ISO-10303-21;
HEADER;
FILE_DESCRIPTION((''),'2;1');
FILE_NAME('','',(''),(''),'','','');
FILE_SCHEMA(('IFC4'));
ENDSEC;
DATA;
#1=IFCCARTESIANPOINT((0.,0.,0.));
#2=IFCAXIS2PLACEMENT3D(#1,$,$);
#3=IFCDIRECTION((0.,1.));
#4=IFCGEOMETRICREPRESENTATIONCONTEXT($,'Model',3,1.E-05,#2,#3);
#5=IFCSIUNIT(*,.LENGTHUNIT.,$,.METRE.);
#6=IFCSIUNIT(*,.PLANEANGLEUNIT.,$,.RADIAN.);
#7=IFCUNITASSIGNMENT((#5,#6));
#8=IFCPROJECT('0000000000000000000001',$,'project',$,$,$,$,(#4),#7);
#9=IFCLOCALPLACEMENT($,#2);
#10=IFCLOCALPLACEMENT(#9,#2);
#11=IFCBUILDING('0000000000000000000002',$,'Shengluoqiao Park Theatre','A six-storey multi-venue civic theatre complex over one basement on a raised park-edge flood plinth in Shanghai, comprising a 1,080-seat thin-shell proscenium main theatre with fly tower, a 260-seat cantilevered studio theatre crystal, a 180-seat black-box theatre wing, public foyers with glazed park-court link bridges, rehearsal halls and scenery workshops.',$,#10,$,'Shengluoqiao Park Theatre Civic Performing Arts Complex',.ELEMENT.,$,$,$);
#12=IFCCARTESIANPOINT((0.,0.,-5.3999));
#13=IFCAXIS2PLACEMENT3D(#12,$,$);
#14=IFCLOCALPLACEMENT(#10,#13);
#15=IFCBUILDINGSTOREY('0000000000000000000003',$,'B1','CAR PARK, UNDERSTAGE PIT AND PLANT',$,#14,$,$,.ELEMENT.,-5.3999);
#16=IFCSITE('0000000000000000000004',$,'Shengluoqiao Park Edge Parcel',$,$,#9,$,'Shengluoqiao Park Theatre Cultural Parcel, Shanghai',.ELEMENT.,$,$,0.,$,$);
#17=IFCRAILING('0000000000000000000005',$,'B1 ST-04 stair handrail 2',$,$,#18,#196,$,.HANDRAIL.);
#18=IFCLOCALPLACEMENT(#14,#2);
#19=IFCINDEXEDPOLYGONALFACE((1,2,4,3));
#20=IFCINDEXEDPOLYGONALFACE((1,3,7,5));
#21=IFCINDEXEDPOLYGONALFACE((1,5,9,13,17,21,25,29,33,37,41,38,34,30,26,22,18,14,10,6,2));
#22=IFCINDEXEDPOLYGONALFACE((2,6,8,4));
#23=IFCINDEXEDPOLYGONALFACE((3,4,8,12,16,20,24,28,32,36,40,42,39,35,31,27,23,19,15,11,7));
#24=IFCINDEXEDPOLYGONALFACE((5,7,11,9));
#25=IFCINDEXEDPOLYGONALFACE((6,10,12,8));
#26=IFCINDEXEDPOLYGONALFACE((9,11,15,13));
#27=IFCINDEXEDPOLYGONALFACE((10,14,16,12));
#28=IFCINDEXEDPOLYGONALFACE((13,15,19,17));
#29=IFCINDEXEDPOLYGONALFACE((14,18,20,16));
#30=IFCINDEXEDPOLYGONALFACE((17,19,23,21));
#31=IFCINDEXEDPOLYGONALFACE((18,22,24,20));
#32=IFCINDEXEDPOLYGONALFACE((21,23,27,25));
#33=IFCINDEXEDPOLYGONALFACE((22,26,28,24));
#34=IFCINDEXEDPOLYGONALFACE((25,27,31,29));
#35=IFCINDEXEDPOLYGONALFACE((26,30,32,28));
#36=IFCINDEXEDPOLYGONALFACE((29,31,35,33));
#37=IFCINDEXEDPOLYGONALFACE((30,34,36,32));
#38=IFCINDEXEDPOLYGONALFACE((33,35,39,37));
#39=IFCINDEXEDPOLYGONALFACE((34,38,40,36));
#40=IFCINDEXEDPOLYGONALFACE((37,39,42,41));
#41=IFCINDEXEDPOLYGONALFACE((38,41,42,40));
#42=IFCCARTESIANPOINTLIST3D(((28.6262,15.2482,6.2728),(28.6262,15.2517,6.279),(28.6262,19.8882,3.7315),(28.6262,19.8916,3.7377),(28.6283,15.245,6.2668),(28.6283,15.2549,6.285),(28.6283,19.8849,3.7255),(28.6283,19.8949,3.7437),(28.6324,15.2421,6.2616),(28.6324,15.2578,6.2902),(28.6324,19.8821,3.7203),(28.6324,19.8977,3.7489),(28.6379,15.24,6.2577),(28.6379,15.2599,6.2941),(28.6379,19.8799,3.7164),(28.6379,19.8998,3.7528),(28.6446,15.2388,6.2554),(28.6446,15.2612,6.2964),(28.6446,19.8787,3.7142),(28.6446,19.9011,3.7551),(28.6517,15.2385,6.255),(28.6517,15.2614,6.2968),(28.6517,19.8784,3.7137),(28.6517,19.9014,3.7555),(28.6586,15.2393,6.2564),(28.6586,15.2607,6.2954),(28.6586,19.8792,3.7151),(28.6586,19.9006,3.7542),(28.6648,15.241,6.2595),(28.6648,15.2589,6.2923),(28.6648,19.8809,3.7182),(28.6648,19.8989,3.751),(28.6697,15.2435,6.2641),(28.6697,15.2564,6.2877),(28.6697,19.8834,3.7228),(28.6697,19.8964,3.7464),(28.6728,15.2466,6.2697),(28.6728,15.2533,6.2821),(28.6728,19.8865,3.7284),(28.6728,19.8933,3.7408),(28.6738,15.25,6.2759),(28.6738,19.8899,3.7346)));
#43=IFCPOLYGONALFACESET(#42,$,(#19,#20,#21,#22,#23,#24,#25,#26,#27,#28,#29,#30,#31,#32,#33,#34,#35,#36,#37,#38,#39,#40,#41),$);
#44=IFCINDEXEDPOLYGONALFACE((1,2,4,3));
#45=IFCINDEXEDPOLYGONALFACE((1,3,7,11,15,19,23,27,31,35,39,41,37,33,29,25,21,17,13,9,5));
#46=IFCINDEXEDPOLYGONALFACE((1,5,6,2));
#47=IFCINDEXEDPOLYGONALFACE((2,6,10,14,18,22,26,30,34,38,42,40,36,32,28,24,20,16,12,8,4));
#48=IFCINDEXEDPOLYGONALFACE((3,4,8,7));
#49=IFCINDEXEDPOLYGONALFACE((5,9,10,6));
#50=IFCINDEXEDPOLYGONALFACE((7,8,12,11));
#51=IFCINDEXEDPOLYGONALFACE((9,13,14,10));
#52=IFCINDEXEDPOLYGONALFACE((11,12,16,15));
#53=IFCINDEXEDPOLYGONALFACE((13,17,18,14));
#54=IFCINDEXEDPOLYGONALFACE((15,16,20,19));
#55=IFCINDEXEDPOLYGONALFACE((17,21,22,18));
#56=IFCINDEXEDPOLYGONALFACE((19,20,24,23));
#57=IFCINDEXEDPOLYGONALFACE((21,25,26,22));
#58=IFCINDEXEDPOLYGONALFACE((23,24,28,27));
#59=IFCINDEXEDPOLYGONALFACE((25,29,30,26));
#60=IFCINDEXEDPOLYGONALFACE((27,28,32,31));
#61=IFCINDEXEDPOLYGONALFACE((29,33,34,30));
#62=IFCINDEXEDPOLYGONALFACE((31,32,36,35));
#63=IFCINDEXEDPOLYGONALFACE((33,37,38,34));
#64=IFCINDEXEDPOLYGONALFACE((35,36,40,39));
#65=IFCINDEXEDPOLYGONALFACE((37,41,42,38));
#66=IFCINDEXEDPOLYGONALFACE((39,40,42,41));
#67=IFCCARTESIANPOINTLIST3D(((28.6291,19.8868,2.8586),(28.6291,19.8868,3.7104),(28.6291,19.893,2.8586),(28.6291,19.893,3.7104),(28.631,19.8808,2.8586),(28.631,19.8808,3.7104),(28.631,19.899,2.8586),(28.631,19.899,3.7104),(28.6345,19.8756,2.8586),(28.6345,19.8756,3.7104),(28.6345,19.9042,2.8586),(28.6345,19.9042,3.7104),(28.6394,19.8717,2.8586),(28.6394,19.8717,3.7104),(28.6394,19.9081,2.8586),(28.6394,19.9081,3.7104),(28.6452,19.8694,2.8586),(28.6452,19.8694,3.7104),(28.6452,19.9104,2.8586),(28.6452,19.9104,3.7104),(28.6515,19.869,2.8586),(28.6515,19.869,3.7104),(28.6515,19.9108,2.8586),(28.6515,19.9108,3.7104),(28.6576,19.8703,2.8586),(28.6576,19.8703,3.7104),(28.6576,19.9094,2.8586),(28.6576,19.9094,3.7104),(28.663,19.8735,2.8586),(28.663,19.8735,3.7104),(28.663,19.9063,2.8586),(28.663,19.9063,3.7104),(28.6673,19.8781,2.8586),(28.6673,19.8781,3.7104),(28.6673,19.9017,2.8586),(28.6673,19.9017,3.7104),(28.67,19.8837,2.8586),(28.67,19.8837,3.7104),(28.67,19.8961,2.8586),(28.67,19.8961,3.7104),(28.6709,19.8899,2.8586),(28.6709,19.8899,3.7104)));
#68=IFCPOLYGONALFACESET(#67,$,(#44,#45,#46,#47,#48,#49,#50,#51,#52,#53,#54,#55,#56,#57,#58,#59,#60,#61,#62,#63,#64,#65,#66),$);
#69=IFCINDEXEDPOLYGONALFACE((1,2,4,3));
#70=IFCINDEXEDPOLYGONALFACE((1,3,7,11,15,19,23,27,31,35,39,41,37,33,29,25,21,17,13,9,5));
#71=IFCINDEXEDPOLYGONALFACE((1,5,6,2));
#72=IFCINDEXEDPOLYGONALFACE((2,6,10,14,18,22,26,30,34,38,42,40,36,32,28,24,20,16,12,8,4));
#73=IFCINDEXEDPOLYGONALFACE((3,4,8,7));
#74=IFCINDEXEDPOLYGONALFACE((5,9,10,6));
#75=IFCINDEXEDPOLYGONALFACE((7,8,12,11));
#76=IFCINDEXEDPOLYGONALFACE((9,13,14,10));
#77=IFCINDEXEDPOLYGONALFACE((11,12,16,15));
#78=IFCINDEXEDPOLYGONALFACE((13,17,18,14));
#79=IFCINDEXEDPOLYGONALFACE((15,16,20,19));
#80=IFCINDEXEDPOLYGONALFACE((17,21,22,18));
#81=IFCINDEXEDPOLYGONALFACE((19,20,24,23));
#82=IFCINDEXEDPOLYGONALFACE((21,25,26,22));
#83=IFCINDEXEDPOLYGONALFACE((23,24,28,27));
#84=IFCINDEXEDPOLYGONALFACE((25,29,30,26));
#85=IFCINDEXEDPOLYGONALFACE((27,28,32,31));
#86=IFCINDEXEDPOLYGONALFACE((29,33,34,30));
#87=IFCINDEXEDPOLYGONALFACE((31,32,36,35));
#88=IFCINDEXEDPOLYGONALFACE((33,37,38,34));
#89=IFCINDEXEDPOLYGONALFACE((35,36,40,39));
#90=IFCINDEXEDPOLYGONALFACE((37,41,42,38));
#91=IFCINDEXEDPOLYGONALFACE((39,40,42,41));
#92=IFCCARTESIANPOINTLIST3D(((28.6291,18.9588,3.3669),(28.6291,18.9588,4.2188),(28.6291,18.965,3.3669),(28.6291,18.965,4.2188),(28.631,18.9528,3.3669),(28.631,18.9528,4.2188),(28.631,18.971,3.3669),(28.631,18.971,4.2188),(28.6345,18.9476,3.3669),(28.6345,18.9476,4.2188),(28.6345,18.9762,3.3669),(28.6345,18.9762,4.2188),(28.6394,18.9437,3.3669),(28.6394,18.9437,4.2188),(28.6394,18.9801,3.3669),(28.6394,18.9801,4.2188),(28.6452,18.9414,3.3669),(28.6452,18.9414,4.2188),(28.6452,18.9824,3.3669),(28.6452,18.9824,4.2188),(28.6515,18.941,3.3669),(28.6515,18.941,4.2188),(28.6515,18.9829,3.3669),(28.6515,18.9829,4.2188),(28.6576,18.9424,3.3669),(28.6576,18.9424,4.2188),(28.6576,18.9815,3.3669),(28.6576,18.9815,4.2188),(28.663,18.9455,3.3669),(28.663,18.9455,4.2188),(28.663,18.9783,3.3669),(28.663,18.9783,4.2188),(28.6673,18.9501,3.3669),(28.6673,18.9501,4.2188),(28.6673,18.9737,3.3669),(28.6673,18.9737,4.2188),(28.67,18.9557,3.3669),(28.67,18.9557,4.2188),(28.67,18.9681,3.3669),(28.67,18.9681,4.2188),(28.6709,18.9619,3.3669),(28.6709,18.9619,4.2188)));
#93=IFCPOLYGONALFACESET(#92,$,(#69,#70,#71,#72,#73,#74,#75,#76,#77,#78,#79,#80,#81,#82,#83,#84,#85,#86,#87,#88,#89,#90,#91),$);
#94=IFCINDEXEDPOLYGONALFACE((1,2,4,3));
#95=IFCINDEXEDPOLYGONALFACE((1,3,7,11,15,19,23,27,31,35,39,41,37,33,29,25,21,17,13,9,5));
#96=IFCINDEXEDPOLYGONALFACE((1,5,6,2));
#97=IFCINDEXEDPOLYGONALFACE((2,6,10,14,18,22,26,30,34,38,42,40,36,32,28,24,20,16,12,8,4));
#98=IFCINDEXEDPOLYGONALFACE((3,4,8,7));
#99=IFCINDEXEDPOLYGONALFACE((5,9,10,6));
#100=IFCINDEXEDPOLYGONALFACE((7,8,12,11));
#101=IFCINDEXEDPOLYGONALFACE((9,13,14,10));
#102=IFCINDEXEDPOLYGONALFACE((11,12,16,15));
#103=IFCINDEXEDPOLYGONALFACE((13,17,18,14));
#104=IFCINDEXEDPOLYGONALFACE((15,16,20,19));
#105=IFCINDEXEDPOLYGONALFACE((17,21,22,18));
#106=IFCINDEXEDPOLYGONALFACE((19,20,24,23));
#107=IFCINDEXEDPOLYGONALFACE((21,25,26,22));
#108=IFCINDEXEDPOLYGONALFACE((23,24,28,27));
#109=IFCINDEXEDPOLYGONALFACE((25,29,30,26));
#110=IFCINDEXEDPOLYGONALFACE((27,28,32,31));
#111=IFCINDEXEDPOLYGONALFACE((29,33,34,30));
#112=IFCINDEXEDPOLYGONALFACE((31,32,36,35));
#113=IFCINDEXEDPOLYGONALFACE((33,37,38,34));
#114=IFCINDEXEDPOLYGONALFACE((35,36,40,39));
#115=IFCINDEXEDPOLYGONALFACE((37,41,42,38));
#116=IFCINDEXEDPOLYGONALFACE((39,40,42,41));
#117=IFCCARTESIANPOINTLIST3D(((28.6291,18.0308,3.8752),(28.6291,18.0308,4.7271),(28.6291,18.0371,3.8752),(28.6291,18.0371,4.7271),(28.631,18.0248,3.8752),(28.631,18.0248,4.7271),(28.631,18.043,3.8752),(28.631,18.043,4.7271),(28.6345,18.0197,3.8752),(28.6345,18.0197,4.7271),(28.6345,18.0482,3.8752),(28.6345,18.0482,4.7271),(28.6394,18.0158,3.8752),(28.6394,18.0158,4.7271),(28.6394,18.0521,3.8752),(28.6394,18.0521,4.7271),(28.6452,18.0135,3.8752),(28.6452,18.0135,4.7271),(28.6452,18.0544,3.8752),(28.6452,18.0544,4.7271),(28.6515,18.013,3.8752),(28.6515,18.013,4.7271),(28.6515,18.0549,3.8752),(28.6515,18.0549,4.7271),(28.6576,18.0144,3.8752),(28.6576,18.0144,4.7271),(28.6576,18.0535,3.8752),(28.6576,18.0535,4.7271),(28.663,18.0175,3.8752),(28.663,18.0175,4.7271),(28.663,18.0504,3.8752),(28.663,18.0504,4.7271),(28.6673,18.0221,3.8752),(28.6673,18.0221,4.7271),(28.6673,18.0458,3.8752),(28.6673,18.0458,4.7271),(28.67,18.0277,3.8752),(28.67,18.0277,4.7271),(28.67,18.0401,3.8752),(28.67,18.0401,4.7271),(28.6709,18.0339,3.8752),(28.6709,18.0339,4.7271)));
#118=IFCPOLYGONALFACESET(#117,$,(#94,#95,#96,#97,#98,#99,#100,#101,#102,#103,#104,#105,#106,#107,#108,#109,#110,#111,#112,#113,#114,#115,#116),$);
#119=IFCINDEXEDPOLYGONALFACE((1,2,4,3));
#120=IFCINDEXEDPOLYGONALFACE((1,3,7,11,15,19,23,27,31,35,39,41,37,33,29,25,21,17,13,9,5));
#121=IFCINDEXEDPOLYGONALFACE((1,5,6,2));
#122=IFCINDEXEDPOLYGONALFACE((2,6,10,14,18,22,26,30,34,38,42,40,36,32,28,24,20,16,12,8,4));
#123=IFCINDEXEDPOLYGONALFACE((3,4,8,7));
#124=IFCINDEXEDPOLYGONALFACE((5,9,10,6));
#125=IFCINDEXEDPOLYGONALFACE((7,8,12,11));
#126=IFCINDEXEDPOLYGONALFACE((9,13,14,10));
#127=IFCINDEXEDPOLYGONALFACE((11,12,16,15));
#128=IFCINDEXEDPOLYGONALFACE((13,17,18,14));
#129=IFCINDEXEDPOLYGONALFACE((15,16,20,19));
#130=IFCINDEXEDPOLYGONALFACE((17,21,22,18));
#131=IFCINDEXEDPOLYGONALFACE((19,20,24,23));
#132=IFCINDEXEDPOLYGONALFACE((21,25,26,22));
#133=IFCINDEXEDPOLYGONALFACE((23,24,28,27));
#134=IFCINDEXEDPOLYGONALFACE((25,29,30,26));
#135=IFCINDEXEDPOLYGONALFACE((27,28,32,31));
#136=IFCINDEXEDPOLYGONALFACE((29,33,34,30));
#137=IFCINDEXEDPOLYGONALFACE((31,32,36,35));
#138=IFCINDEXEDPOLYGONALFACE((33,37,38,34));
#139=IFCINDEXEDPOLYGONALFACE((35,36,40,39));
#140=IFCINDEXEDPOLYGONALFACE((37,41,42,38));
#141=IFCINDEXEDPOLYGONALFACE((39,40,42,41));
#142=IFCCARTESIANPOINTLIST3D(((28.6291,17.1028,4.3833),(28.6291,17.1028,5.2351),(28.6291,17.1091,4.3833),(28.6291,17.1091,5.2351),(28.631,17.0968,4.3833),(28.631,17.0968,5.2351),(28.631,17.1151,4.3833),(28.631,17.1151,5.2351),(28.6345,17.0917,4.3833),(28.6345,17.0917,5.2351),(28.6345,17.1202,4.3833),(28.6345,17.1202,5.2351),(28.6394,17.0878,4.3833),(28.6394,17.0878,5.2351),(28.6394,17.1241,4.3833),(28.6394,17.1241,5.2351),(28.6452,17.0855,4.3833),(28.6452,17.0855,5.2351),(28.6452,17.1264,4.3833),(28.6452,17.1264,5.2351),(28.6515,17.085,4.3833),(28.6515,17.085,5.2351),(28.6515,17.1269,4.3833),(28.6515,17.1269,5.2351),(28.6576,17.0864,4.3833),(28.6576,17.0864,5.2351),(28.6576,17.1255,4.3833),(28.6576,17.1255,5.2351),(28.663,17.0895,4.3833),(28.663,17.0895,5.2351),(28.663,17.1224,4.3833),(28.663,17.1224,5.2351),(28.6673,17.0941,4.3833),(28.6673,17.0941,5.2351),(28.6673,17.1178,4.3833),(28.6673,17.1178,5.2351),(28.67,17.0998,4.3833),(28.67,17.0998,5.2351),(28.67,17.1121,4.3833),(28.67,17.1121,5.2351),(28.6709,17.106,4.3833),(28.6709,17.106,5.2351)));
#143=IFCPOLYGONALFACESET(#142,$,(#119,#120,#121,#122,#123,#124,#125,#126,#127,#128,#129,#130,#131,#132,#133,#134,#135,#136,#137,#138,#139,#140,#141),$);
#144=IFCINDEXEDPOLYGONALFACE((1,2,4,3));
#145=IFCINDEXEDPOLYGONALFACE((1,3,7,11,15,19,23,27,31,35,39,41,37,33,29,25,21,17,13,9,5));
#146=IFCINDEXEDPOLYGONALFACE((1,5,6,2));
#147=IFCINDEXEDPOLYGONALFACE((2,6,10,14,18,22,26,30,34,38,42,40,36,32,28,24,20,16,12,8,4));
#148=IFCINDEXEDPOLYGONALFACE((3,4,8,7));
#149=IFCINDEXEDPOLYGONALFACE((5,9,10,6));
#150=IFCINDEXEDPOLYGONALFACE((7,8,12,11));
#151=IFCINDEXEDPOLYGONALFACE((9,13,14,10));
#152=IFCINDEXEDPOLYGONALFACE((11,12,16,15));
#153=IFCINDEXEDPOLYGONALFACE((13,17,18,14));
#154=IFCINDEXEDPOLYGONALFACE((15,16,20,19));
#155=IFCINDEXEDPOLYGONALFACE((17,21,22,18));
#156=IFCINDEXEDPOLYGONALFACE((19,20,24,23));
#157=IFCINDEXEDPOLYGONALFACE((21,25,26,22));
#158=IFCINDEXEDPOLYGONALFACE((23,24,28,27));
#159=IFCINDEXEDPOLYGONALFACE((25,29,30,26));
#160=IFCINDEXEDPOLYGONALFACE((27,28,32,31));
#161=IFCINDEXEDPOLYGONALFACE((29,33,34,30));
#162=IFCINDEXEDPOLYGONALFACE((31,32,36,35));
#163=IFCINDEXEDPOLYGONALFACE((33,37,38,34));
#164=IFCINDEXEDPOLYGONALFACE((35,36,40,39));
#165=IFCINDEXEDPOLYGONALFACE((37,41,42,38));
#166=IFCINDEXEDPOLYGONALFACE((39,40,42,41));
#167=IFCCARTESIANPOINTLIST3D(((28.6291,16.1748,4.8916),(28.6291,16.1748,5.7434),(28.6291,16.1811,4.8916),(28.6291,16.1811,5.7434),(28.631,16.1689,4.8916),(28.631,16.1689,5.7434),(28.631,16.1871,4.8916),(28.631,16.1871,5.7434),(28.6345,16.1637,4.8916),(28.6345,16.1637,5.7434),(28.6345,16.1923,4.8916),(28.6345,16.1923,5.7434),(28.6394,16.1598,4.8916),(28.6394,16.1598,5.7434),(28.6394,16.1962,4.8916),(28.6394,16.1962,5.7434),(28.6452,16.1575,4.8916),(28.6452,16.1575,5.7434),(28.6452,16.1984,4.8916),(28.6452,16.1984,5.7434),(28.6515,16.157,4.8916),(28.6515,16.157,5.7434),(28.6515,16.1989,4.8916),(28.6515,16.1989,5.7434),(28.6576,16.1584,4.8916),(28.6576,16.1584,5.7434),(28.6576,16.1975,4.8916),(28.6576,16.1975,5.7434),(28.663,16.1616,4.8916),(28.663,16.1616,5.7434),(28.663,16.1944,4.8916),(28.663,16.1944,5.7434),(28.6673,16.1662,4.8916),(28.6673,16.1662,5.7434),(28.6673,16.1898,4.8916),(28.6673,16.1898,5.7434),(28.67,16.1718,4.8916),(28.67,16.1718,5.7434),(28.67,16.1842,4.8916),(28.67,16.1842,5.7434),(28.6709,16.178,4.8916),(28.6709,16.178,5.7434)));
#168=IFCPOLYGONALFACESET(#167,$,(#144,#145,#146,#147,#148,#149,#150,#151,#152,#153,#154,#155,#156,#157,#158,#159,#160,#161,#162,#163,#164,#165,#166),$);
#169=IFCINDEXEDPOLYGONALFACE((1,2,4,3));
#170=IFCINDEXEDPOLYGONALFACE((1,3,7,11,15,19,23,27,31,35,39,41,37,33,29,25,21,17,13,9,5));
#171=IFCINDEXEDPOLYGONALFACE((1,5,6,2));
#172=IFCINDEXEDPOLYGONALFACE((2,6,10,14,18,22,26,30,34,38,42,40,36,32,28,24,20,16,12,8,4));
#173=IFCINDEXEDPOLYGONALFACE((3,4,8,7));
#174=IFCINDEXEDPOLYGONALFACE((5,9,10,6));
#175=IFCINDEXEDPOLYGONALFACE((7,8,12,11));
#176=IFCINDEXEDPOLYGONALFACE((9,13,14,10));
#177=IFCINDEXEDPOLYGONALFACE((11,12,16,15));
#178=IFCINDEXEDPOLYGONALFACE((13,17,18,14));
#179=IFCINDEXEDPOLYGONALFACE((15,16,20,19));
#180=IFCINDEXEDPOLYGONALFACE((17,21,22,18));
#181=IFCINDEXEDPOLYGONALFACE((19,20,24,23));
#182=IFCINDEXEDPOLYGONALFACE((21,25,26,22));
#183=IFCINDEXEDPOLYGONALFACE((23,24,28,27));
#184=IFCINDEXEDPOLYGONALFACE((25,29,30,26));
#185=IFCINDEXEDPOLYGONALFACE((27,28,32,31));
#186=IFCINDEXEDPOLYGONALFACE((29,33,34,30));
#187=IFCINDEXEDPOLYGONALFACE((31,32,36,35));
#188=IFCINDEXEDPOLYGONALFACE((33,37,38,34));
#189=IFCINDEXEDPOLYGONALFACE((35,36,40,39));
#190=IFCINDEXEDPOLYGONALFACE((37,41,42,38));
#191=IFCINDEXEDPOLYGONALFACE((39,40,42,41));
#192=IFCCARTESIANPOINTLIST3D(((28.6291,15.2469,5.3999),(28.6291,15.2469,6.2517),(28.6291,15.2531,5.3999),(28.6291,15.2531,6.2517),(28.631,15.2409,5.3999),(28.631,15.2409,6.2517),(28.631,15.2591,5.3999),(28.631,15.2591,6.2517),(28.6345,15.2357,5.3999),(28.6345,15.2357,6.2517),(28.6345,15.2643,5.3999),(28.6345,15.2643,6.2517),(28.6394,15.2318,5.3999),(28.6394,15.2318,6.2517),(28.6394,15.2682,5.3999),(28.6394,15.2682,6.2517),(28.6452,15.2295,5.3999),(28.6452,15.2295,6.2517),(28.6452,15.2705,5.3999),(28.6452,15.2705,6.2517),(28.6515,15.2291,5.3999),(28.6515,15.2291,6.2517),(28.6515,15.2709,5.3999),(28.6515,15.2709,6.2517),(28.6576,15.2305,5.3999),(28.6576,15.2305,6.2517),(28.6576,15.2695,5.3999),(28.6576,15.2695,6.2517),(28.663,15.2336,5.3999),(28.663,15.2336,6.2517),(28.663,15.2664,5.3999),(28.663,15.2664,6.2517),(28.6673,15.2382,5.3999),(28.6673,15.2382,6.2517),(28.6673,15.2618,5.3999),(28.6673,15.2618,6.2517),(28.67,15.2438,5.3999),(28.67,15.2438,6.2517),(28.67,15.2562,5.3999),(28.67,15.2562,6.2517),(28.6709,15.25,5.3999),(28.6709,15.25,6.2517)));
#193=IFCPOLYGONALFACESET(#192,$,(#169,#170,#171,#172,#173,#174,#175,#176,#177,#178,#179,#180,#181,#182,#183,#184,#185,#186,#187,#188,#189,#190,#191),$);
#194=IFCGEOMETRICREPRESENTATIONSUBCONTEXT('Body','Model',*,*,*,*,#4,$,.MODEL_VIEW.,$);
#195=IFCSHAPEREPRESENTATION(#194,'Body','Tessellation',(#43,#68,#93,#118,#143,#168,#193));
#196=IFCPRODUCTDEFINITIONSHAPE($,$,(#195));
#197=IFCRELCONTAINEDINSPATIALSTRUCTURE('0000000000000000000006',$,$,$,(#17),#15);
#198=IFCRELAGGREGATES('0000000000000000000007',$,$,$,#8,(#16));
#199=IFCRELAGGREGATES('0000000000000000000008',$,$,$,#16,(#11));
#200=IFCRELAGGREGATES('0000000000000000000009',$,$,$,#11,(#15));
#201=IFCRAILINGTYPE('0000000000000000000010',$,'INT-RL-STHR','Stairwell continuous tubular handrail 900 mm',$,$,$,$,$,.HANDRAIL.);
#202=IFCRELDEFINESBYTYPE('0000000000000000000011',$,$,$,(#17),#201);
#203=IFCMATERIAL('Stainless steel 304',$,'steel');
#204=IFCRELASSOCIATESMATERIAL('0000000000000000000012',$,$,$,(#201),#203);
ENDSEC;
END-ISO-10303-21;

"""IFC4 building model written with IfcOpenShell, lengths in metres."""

from ifc_helpers import new_model, si_unit, direction, frame, origin, origin_2d, place, context, subcontext, project, spatial, circle, extrude, material, type_object, element, save


model = new_model("IFC4")

# Units and contexts
model_context = context("Model", 3, precision=1e-05, world=origin(), true_north=direction((0.0, 1.0)))
body_context = subcontext(model_context, "Body", "Model", "MODEL_VIEW")
ifc_project = project(units=[si_unit("LENGTHUNIT", "METRE"), si_unit("PLANEANGLEUNIT", "RADIAN")], contexts=[model_context])

# Site, building, storey
site_placement = place(None, origin())
site = spatial("IfcSite", under=ifc_project, at=site_placement, Name="Shengluoqiao Park Edge Parcel", LongName="Shengluoqiao Park Theatre Cultural Parcel, Shanghai", CompositionType="ELEMENT", RefElevation=0.0)
building_placement = place(site_placement, origin())
building = spatial("IfcBuilding", under=site, at=building_placement, Name="Shengluoqiao Park Theatre", Description="A six-storey multi-venue civic theatre complex over one basement on a raised park-edge flood plinth in Shanghai, comprising a 1,080-seat thin-shell proscenium main theatre with fly tower, a 260-seat cantilevered studio theatre crystal, a 180-seat black-box theatre wing, public foyers with glazed park-court link bridges, rehearsal halls and scenery workshops.", LongName="Shengluoqiao Park Theatre Civic Performing Arts Complex", CompositionType="ELEMENT")
storey_placement = place(building_placement, frame((0.0, 0.0, -5.3999)))
storey = spatial("IfcBuildingStorey", under=building, at=storey_placement, Name="B1", Description="CAR PARK, UNDERSTAGE PIT AND PLANT", CompositionType="ELEMENT", Elevation=-5.3999)

# Railing
ifc_material_1 = material(Name="Stainless steel 304", Category="steel")
railing_type_1 = type_object("IfcRailingType", Name="INT-RL-STHR", Description="Stairwell continuous tubular handrail 900 mm", PredefinedType="HANDRAIL", material=ifc_material_1)
railing_1_placement = place(storey_placement, frame((28.6499, 19.8899, 2.8586)))
element("IfcRailing", 1, at=railing_1_placement, inside=storey, type_object=railing_type_1, Name="B1 ST-04 stair handrail 2", PredefinedType="HANDRAIL", context=body_context, shape_type="SweptSolid", body=[
    extrude(circle(Radius=0.0239, at=origin_2d()), frame((0.0, 0.0, 0.876), z_axis=(0.0, -0.877067, 0.480368), x_axis=(1.0, 0.0, 0.0)), (0.0, 0.0, 1.0), 5.2903),
    extrude(circle(Radius=0.021, at=origin_2d()), origin(), (0.0, 0.0, 1.0), 0.8518),
    extrude(circle(Radius=0.021, at=origin_2d()), frame((0.0, -0.928, 0.5083)), (0.0, 0.0, 1.0), 0.8518),
    extrude(circle(Radius=0.021, at=origin_2d()), frame((0.0, -1.856, 1.0166)), (0.0, 0.0, 1.0), 0.8518),
    extrude(circle(Radius=0.021, at=origin_2d()), frame((0.0, -2.7839, 1.5247)), (0.0, 0.0, 1.0), 0.8518),
    extrude(circle(Radius=0.021, at=origin_2d()), frame((0.0, -3.7119, 2.033)), (0.0, 0.0, 1.0), 0.8518),
    extrude(circle(Radius=0.021, at=origin_2d()), frame((0.0, -4.6399, 2.5413)), (0.0, 0.0, 1.0), 0.8518),
])

save(model, "model.ifc")
